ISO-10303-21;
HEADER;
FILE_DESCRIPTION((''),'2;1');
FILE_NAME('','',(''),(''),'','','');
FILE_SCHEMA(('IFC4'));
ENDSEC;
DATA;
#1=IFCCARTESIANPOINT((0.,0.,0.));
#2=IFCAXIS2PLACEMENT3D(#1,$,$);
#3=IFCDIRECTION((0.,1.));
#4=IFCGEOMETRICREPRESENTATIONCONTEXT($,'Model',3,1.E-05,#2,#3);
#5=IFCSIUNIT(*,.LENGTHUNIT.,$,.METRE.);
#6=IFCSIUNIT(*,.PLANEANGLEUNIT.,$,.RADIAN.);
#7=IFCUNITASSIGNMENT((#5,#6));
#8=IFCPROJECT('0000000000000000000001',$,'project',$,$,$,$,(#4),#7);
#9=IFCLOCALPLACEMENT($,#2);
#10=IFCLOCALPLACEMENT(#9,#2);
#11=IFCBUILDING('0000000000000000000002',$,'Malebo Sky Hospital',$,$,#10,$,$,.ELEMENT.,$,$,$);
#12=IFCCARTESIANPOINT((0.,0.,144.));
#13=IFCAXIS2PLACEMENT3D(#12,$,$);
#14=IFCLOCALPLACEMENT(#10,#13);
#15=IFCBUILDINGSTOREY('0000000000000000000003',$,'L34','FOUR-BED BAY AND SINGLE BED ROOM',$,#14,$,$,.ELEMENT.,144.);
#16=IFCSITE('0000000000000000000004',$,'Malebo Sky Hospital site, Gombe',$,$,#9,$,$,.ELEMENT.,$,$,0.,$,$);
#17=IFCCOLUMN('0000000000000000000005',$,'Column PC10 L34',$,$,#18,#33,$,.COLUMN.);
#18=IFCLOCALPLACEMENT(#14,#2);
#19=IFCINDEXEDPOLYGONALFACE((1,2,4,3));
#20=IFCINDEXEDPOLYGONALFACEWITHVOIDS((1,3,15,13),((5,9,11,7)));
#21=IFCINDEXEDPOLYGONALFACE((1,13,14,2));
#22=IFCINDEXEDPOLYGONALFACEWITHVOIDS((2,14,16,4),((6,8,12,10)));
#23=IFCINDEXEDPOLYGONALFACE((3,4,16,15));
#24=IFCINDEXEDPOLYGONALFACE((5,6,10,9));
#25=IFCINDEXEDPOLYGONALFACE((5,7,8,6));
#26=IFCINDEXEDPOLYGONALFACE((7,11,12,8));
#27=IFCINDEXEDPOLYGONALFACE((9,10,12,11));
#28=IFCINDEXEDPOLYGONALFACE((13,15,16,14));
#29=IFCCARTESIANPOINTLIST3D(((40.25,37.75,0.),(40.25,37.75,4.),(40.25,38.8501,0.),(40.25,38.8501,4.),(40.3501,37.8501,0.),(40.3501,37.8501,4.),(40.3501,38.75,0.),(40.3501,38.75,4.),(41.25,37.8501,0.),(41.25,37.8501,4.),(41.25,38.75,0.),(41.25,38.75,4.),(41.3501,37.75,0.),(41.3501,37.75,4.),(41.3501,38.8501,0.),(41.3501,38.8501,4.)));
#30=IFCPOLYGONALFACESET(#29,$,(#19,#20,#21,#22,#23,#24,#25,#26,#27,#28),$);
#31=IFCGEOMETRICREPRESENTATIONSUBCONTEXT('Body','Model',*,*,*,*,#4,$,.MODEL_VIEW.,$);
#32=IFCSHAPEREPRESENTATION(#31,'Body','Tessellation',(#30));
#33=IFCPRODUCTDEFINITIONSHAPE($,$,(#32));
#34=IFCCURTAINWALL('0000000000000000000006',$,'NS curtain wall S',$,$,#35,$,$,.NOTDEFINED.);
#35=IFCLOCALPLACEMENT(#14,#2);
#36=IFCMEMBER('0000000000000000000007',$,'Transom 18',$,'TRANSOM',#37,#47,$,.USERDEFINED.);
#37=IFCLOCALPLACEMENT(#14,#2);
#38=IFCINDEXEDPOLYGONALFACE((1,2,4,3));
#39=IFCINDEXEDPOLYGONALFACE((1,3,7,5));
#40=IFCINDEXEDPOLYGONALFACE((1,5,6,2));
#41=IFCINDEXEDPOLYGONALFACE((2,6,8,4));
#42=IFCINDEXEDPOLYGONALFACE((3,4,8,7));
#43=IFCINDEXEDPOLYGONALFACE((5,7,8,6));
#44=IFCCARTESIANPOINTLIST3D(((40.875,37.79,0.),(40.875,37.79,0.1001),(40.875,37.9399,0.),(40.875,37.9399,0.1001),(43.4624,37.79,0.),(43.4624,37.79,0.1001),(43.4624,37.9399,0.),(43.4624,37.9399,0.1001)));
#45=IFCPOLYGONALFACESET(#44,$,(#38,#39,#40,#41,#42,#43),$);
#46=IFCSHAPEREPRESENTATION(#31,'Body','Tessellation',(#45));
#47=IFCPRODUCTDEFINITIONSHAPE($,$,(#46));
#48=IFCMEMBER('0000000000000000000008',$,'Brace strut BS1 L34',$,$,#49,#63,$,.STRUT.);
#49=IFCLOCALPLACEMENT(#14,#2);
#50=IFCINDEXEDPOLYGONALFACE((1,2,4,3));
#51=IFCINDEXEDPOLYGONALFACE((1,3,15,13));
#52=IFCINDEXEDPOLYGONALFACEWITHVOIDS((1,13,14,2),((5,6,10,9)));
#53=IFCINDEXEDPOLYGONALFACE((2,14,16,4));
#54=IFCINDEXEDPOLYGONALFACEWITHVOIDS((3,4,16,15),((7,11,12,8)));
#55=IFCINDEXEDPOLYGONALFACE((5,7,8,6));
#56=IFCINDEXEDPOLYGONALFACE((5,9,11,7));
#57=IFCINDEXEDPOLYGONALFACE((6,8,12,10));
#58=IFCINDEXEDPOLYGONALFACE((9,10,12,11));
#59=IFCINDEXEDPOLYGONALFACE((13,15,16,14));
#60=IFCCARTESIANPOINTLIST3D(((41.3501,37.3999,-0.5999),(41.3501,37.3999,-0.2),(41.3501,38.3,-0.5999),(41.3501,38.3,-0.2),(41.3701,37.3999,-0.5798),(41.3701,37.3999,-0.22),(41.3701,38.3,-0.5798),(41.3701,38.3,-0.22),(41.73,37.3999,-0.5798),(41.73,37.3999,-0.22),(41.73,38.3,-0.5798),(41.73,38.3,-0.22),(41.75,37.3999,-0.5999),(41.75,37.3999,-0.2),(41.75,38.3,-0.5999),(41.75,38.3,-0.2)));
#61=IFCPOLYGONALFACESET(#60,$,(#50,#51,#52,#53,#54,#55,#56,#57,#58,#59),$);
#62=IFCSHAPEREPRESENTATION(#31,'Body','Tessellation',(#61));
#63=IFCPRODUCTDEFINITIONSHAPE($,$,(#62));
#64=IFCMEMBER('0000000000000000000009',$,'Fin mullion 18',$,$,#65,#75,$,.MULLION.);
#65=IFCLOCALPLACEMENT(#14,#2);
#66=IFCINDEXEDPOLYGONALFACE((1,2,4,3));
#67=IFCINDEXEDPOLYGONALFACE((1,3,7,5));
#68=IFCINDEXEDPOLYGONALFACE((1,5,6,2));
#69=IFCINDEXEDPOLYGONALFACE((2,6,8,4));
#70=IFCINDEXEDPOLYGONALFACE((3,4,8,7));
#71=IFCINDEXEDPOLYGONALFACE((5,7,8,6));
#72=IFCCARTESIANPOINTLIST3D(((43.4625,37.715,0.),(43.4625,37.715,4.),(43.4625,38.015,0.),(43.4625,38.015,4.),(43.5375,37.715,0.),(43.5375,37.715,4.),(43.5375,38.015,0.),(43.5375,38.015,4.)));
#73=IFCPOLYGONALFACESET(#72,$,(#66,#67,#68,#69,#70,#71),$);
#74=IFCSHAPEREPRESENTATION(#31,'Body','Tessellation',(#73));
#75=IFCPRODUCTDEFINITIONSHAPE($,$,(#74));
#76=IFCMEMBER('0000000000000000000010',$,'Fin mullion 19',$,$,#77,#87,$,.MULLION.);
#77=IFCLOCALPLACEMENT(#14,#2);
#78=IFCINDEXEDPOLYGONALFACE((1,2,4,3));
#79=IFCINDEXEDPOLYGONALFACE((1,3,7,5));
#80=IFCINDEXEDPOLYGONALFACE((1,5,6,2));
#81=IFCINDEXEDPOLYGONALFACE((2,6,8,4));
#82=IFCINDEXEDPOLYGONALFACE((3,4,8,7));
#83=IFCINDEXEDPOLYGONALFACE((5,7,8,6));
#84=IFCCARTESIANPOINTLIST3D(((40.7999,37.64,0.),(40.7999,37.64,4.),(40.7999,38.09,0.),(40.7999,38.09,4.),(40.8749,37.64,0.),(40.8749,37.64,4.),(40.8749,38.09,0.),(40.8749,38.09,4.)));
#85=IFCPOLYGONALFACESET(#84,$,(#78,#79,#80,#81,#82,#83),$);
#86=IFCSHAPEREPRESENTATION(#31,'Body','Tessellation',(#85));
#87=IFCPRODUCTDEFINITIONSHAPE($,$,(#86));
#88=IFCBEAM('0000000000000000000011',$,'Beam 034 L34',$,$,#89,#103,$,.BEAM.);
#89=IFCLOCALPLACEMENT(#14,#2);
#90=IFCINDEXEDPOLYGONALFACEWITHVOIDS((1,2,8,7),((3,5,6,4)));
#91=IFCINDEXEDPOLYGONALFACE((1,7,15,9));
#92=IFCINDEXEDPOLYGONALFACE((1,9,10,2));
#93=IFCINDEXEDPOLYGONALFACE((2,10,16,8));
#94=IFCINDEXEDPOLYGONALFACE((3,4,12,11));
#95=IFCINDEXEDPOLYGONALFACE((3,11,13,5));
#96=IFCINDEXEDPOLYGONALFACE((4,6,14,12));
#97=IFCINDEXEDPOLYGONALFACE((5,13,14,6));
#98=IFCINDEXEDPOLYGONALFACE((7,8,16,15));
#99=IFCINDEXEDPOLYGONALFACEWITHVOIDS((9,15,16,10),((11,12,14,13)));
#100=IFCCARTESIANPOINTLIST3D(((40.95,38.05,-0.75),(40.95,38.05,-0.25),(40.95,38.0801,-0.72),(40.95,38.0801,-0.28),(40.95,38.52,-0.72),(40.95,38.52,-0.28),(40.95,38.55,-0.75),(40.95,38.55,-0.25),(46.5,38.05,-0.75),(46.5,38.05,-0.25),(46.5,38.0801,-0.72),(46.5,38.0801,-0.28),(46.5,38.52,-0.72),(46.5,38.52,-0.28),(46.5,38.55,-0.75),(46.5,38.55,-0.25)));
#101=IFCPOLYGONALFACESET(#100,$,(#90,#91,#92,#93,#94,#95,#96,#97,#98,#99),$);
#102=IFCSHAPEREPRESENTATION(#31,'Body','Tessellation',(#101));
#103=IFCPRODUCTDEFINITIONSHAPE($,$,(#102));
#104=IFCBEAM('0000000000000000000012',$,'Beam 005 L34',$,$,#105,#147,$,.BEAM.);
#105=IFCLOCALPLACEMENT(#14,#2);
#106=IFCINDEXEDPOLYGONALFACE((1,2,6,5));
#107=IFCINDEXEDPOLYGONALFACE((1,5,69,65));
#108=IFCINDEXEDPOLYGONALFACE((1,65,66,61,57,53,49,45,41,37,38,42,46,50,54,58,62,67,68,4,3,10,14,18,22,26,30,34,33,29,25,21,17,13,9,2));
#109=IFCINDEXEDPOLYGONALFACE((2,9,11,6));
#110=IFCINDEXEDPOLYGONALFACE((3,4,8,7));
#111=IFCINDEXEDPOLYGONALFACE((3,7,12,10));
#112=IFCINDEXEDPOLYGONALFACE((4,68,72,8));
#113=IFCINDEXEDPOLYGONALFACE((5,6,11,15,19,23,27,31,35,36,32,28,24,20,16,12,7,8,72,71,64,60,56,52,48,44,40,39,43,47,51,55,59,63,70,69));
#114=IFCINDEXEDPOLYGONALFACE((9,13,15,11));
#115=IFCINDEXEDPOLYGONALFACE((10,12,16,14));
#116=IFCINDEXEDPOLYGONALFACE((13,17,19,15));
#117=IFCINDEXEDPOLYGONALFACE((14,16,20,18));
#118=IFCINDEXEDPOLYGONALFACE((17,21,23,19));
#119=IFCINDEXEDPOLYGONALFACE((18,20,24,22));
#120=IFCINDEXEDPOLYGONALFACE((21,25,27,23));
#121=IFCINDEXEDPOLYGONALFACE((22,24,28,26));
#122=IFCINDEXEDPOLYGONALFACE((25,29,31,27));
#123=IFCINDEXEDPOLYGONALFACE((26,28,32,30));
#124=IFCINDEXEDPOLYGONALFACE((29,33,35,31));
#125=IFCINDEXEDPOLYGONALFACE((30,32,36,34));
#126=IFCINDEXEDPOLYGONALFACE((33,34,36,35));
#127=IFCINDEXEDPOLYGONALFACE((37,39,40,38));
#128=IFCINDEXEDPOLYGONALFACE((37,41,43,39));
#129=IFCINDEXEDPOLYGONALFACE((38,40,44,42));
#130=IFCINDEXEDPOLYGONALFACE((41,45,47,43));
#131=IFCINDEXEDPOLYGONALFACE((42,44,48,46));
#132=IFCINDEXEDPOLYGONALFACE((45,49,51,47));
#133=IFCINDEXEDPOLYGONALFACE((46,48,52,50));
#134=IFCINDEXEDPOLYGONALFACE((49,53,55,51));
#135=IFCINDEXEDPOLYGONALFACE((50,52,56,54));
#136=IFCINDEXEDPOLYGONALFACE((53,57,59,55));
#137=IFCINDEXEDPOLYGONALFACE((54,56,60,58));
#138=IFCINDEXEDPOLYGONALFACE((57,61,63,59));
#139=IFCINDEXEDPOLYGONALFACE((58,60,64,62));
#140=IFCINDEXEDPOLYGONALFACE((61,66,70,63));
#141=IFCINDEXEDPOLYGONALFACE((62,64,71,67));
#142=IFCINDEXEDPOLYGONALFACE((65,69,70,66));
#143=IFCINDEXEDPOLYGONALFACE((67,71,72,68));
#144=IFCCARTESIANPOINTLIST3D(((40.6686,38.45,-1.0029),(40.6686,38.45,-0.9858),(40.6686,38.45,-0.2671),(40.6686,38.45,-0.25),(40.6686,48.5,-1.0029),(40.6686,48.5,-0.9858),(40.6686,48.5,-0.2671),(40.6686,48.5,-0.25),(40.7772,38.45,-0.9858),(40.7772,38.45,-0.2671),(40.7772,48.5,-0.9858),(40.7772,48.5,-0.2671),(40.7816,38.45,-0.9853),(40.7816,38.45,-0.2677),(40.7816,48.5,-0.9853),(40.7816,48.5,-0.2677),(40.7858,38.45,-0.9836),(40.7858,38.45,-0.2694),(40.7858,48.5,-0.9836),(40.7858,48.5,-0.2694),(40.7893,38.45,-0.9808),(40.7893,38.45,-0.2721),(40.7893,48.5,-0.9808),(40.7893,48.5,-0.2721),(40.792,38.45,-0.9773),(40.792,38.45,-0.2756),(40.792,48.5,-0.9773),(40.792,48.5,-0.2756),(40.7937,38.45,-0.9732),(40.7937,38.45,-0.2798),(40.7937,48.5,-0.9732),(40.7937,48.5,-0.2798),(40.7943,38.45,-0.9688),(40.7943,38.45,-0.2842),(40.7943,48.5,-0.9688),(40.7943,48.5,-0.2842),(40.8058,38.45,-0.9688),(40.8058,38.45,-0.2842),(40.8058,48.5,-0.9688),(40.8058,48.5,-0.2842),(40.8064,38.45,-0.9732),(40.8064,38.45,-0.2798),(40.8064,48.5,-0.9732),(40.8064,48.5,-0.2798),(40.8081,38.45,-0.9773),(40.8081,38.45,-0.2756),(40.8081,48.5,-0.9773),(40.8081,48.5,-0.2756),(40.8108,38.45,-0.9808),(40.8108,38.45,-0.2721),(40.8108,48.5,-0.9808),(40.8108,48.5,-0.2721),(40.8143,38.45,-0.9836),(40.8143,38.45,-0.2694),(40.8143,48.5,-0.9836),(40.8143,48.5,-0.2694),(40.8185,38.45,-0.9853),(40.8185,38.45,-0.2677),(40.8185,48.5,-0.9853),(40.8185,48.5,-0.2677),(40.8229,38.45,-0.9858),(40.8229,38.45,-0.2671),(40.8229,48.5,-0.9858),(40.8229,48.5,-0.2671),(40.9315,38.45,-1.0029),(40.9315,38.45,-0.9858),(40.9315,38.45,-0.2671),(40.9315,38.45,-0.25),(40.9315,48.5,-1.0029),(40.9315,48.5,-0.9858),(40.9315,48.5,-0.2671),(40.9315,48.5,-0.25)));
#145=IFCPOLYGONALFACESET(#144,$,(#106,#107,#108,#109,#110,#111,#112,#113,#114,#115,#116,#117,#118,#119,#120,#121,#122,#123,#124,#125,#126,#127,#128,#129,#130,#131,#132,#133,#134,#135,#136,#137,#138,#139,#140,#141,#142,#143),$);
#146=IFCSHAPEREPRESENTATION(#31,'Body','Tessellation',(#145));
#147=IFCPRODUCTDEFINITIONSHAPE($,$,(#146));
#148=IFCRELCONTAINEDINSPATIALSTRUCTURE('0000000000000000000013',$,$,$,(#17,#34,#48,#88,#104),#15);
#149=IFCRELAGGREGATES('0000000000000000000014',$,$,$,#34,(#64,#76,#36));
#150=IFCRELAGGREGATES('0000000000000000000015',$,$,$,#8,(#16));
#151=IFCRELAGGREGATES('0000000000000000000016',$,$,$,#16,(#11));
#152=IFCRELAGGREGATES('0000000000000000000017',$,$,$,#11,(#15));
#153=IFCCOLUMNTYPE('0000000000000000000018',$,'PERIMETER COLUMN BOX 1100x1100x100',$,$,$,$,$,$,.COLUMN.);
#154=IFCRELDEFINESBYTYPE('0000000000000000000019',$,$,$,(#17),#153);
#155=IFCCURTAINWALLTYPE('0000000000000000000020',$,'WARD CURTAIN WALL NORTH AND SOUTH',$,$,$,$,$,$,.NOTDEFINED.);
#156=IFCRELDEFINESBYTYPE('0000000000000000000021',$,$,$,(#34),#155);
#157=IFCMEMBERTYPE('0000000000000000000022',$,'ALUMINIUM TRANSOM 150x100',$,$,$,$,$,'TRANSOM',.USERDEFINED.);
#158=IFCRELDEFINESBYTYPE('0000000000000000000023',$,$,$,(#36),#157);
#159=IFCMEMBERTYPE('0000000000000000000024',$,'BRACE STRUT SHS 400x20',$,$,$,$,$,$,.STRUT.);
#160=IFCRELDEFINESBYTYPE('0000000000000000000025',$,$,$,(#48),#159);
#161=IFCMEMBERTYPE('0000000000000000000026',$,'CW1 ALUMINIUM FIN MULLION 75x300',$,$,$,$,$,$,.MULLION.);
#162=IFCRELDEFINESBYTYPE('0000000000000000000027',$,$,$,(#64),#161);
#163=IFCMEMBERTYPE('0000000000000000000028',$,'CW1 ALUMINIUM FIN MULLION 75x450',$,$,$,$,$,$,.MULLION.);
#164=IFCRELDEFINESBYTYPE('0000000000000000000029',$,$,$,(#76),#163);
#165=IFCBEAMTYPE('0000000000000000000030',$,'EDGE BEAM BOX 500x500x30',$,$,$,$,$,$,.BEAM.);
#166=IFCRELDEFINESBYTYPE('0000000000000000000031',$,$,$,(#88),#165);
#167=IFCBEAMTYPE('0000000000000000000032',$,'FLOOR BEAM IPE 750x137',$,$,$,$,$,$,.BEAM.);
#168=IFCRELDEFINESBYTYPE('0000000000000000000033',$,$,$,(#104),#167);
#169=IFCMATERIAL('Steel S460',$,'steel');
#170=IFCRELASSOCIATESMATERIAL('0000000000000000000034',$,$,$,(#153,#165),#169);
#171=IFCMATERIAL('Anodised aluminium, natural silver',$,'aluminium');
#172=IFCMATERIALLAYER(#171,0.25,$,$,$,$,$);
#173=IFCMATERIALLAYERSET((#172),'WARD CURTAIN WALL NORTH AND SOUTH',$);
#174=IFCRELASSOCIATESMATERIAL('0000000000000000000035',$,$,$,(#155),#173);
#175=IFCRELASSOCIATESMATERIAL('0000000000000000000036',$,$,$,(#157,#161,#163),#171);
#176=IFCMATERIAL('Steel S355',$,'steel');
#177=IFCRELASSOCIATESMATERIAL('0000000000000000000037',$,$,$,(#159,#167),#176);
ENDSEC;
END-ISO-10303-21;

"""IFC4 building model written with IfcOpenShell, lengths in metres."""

from ifc_helpers import new_model, si_unit, direction, frame, origin, origin_2d, place, context, subcontext, project, spatial, rectangle, hollow_rectangle, i_section, extrude, material, layer, layer_set, material_profile, profile_set, type_object, element, aggregate, save


model = new_model("IFC4")

# Units and contexts
model_context = context("Model", 3, precision=1e-05, world=origin(), true_north=direction((0.0, 1.0)))
body_context = subcontext(model_context, "Body", "Model", "MODEL_VIEW")
ifc_project = project(units=[si_unit("LENGTHUNIT", "METRE"), si_unit("PLANEANGLEUNIT", "RADIAN")], contexts=[model_context])

# Site, building, storey
site_placement = place(None, origin())
site = spatial("IfcSite", under=ifc_project, at=site_placement, Name="Malebo Sky Hospital site, Gombe", CompositionType="ELEMENT", RefElevation=0.0)
building_placement = place(site_placement, origin())
building = spatial("IfcBuilding", under=site, at=building_placement, Name="Malebo Sky Hospital", CompositionType="ELEMENT")
storey_placement = place(building_placement, frame((0.0, 0.0, 144.0)))
storey = spatial("IfcBuildingStorey", under=building, at=storey_placement, Name="L34", Description="FOUR-BED BAY AND SINGLE BED ROOM", CompositionType="ELEMENT", Elevation=144.0)

# Column
ifc_material_1 = material(Name="Steel S460", Category="steel")
ifc_material_profile_1 = material_profile(ifc_material_1, hollow_rectangle(XDim=1.1001, YDim=1.1001, WallThickness=0.1001, at=origin_2d()), Name="BOX 1100x1100x100")
ifc_profile_set_1 = profile_set([ifc_material_profile_1], Name="Steel S460")
column_type = type_object("IfcColumnType", Name="PERIMETER COLUMN BOX 1100x1100x100", PredefinedType="COLUMN", material=ifc_profile_set_1)
column_placement = place(storey_placement, frame((40.8, 38.3, 0.0), z_axis=(0.0, 0.0, 1.0), x_axis=(1.0, 0.0, 0.0)))
element("IfcColumn", 1, at=column_placement, inside=storey, type_object=column_type, Name="Column PC10 L34", PredefinedType="COLUMN", context=body_context, shape_type="SweptSolid", body=[
    extrude(hollow_rectangle(XDim=1.1001, YDim=1.1001, WallThickness=0.1001, at=origin_2d()), origin(), (0.0, 0.0, 1.0), 4.0),
])

# Curtain wall, member
ifc_material_2 = material(Name="Anodised aluminium, natural silver", Category="aluminium")
ifc_layer_1 = layer(ifc_material_2, 0.25)
ifc_layer_set_1 = layer_set([ifc_layer_1], Name="WARD CURTAIN WALL NORTH AND SOUTH")
curtain_wall_type = type_object("IfcCurtainWallType", Name="WARD CURTAIN WALL NORTH AND SOUTH", PredefinedType="NOTDEFINED", material=ifc_layer_set_1)
curtain_wall_placement = place(storey_placement, origin())
curtain_wall = element("IfcCurtainWall", 2, at=curtain_wall_placement, inside=storey, type_object=curtain_wall_type, Name="NS curtain wall S", PredefinedType="NOTDEFINED")
ifc_material_profile_2 = material_profile(ifc_material_2, rectangle(XDim=0.1499, YDim=0.1001, at=origin_2d()), Name="ALUMINIUM TRANSOM 150x100")
ifc_profile_set_2 = profile_set([ifc_material_profile_2], Name="Anodised aluminium, natural silver")
member_type_1 = type_object("IfcMemberType", Name="ALUMINIUM TRANSOM 150x100", ElementType="TRANSOM", PredefinedType="USERDEFINED", material=ifc_profile_set_2)
member_1_placement = place(storey_placement, frame((43.4624, 37.865, 0.05), z_axis=(-1.0, 0.0, 0.0), x_axis=(0.0, -1.0, 0.0)))
member_1 = element("IfcMember", 3, at=member_1_placement, type_object=member_type_1, Name="Transom 18", ObjectType="TRANSOM", PredefinedType="USERDEFINED", context=body_context, shape_type="SweptSolid", body=[
    extrude(rectangle(XDim=0.1499, YDim=0.1001, at=origin_2d()), origin(), (0.0, 0.0, 1.0), 2.5874),
])

# Members
ifc_material_3 = material(Name="Steel S355", Category="steel")
ifc_material_profile_3 = material_profile(ifc_material_3, hollow_rectangle(XDim=0.3999, YDim=0.3999, WallThickness=0.02, at=origin_2d()), Name="SHS 400x20")
ifc_profile_set_3 = profile_set([ifc_material_profile_3], Name="Steel S355")
member_type_2 = type_object("IfcMemberType", Name="BRACE STRUT SHS 400x20", PredefinedType="STRUT", material=ifc_profile_set_3)
member_2_placement = place(storey_placement, frame((41.55, 37.3999, -0.3999), z_axis=(0.0, 1.0, 0.0), x_axis=(-1.0, 0.0, 0.0)))
element("IfcMember", 4, at=member_2_placement, inside=storey, type_object=member_type_2, Name="Brace strut BS1 L34", PredefinedType="STRUT", context=body_context, shape_type="SweptSolid", body=[
    extrude(hollow_rectangle(XDim=0.3999, YDim=0.3999, WallThickness=0.02, at=origin_2d()), origin(), (0.0, 0.0, 1.0), 0.9001),
])
ifc_material_profile_4 = material_profile(ifc_material_2, rectangle(XDim=0.075, YDim=0.3, at=origin_2d()), Name="CW1 ALUMINIUM FIN MULLION 75x300")
ifc_profile_set_4 = profile_set([ifc_material_profile_4], Name="Anodised aluminium, natural silver")
member_type_3 = type_object("IfcMemberType", Name="CW1 ALUMINIUM FIN MULLION 75x300", PredefinedType="MULLION", material=ifc_profile_set_4)
member_3_placement = place(storey_placement, frame((43.5, 37.865, 0.0), z_axis=(0.0, 0.0, 1.0), x_axis=(-1.0, 0.0, 0.0)))
member_3 = element("IfcMember", 5, at=member_3_placement, type_object=member_type_3, Name="Fin mullion 18", PredefinedType="MULLION", context=body_context, shape_type="SweptSolid", body=[
    extrude(rectangle(XDim=0.075, YDim=0.3, at=origin_2d()), origin(), (0.0, 0.0, 1.0), 4.0),
])
ifc_material_profile_5 = material_profile(ifc_material_2, rectangle(XDim=0.075, YDim=0.45, at=origin_2d()), Name="CW1 ALUMINIUM FIN MULLION 75x450")
ifc_profile_set_5 = profile_set([ifc_material_profile_5], Name="Anodised aluminium, natural silver")
member_type_4 = type_object("IfcMemberType", Name="CW1 ALUMINIUM FIN MULLION 75x450", PredefinedType="MULLION", material=ifc_profile_set_5)
member_4_placement = place(storey_placement, frame((40.8374, 37.865, 0.0), z_axis=(0.0, 0.0, 1.0), x_axis=(-1.0, 0.0, 0.0)))
member_4 = element("IfcMember", 6, at=member_4_placement, type_object=member_type_4, Name="Fin mullion 19", PredefinedType="MULLION", context=body_context, shape_type="SweptSolid", body=[
    extrude(rectangle(XDim=0.075, YDim=0.45, at=origin_2d()), origin(), (0.0, 0.0, 1.0), 4.0),
])

# Beams
ifc_material_profile_6 = material_profile(ifc_material_1, hollow_rectangle(XDim=0.5, YDim=0.5, WallThickness=0.03, at=origin_2d()), Name="BOX 500x500x30")
ifc_profile_set_6 = profile_set([ifc_material_profile_6], Name="Steel S460")
beam_type_1 = type_object("IfcBeamType", Name="EDGE BEAM BOX 500x500x30", PredefinedType="BEAM", material=ifc_profile_set_6)
beam_placement = place(storey_placement, frame((40.95, 38.3, -0.5), z_axis=(1.0, 0.0, 0.0), x_axis=(0.0, 1.0, 0.0)))
element("IfcBeam", 7, at=beam_placement, inside=storey, type_object=beam_type_1, Name="Beam 034 L34", PredefinedType="BEAM", context=body_context, shape_type="SweptSolid", body=[
    extrude(hollow_rectangle(XDim=0.5, YDim=0.5, WallThickness=0.03, at=origin_2d()), origin(), (0.0, 0.0, 1.0), 5.55),
])
ifc_material_profile_7 = material_profile(ifc_material_3, i_section(OverallWidth=0.2629, OverallDepth=0.7529, WebThickness=0.0115, FlangeThickness=0.0171, FilletRadius=0.0171, at=origin_2d()), Name="IPE 750x137")
ifc_profile_set_7 = profile_set([ifc_material_profile_7], Name="Steel S355")
beam_type_2 = type_object("IfcBeamType", Name="FLOOR BEAM IPE 750x137", PredefinedType="BEAM", material=ifc_profile_set_7)
for number, where, z_axis, x_axis, name in (
    (8, (40.8, 38.45, -0.6265), (0.0, 1.0, 0.0), (-1.0, 0.0, 0.0), "Beam 005 L34"),
):
    element("IfcBeam", number, at=place(storey_placement, frame(where, z_axis=z_axis, x_axis=x_axis)), inside=storey, type_object=beam_type_2, Name=name, PredefinedType="BEAM", context=body_context, shape_type="SweptSolid", body=[
        extrude(i_section(OverallWidth=0.2629, OverallDepth=0.7529, WebThickness=0.0115, FlangeThickness=0.0171, FilletRadius=0.0171, at=origin_2d()), origin(), (0.0, 0.0, 1.0), 10.05),
    ])

aggregate(curtain_wall, [member_3, member_4, member_1])

save(model, "model.ifc")
